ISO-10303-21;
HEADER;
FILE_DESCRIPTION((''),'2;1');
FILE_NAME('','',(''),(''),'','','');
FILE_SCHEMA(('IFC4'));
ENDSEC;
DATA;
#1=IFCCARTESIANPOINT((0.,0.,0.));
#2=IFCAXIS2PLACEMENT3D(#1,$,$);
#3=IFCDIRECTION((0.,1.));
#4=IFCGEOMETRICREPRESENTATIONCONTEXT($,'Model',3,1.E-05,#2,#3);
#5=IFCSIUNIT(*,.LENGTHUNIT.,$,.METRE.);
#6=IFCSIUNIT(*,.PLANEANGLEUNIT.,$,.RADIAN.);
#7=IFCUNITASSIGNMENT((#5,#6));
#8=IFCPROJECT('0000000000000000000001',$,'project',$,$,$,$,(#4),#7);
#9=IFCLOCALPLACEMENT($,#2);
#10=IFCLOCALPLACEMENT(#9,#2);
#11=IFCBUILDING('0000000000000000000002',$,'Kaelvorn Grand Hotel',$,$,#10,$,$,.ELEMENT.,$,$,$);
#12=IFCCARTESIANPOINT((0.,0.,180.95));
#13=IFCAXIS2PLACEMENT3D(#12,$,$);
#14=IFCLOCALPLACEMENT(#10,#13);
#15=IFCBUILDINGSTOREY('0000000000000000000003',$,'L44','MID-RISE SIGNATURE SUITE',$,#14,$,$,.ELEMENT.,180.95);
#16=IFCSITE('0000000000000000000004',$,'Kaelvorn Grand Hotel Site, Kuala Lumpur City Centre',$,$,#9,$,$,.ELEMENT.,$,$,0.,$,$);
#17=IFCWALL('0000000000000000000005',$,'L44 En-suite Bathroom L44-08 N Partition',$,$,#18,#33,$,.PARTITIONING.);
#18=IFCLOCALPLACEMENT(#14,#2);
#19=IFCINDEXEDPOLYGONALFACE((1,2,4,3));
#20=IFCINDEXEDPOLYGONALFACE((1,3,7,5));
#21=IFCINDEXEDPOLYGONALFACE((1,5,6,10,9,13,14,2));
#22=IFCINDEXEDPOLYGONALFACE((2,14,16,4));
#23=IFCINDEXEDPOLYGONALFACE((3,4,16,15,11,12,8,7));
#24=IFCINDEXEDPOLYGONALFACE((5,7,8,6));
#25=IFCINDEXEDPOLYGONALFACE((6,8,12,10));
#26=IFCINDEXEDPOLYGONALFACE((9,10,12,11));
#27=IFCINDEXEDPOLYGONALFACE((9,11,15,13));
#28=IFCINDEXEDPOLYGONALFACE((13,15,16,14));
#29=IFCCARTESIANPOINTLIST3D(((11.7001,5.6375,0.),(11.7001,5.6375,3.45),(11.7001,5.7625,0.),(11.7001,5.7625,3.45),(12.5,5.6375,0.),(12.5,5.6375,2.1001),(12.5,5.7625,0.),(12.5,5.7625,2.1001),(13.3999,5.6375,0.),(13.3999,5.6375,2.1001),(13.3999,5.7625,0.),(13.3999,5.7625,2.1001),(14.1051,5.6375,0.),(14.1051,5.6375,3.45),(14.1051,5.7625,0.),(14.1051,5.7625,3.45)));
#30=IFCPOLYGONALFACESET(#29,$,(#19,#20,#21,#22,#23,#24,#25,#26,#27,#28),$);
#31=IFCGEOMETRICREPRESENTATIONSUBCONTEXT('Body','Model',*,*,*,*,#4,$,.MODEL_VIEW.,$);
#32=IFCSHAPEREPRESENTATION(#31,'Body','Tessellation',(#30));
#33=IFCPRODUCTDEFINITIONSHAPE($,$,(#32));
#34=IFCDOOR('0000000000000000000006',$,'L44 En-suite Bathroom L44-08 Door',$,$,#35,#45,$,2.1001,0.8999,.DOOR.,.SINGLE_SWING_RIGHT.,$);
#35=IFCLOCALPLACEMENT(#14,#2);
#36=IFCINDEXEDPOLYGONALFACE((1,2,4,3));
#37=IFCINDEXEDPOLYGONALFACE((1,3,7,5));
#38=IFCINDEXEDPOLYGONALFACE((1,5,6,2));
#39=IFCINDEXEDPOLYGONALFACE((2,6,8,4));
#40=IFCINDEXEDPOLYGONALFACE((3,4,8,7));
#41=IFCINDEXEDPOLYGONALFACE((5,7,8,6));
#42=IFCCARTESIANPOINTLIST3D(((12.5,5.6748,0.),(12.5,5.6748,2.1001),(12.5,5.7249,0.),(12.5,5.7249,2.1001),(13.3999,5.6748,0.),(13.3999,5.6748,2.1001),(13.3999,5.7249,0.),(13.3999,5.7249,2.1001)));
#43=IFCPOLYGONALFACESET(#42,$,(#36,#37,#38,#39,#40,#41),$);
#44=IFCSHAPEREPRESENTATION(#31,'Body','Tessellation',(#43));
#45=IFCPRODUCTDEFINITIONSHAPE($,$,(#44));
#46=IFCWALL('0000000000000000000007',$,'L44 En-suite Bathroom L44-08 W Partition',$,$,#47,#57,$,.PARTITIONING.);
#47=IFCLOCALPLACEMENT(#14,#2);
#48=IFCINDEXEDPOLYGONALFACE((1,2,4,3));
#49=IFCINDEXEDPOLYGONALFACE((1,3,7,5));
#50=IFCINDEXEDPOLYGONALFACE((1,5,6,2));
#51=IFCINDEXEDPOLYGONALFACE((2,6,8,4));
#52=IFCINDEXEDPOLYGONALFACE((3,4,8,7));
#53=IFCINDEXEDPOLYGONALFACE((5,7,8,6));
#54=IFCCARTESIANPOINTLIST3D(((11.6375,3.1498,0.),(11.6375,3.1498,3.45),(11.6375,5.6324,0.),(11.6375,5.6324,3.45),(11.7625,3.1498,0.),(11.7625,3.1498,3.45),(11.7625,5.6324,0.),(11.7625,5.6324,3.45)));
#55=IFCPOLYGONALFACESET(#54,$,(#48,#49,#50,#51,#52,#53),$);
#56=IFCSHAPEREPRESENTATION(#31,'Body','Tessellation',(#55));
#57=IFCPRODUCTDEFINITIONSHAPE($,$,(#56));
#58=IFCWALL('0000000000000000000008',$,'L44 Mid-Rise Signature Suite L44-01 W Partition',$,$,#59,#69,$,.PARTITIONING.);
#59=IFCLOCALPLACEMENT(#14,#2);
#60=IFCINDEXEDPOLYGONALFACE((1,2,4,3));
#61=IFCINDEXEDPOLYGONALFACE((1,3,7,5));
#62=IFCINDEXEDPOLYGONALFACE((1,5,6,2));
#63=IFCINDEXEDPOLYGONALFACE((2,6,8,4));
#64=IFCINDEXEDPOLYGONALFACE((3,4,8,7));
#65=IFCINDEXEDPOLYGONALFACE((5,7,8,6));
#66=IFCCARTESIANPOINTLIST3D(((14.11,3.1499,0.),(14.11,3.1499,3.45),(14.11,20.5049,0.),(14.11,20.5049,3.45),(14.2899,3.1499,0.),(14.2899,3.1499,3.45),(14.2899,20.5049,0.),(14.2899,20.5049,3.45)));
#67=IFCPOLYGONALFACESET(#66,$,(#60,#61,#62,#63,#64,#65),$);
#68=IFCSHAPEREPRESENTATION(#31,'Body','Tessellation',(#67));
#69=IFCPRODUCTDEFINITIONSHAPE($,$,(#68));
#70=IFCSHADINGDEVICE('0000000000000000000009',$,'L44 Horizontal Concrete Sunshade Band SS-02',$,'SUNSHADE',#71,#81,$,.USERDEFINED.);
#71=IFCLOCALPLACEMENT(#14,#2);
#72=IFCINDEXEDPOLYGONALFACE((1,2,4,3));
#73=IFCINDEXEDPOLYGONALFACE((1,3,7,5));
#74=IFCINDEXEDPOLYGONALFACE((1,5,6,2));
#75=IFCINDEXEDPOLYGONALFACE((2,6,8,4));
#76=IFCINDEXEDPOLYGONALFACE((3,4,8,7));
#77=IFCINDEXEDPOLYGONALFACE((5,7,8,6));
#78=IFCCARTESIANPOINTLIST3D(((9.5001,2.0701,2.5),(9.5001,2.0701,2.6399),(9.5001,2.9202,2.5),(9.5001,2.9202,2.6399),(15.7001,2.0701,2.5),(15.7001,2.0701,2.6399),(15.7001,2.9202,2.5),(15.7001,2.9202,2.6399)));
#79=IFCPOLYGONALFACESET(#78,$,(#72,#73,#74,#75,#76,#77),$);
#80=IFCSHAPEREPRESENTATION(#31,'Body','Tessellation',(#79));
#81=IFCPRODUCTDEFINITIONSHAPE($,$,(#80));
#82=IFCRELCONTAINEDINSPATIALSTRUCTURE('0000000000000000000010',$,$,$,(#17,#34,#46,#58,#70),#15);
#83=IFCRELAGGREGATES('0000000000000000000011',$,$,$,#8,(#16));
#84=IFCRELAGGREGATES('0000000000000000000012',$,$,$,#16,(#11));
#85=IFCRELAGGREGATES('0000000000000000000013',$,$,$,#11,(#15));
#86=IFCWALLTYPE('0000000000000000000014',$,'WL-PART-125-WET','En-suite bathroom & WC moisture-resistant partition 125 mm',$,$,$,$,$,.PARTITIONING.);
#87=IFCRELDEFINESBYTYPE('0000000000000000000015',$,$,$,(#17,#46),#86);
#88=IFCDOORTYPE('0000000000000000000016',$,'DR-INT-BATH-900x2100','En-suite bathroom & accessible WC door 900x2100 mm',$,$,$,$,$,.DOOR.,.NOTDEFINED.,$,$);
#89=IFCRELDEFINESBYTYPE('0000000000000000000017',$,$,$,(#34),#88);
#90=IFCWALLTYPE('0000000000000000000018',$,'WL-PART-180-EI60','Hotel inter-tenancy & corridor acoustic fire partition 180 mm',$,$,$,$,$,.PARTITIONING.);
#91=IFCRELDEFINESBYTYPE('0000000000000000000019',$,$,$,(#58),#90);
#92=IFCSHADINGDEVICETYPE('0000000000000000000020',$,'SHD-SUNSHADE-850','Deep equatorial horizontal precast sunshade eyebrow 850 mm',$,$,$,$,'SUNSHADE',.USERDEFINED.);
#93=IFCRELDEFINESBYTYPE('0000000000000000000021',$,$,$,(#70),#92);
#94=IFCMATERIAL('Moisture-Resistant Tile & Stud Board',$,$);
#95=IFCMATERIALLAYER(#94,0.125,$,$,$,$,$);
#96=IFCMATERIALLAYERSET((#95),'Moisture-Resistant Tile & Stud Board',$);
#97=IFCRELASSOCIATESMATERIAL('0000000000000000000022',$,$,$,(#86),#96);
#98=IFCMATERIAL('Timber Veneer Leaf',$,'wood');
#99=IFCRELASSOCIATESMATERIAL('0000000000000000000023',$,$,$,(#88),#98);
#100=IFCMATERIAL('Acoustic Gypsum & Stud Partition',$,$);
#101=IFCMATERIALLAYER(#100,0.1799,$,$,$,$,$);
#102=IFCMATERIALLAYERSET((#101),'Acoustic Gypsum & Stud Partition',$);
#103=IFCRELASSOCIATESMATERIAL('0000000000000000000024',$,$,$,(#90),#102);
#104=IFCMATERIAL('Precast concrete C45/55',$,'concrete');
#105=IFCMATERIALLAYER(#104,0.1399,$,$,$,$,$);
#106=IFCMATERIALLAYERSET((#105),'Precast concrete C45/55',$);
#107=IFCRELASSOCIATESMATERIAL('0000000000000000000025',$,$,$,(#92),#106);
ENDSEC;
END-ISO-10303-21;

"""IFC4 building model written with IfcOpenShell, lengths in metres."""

from ifc_helpers import new_model, si_unit, direction, frame, frame_2d, origin, origin_2d, place, context, subcontext, project, spatial, rectangle, extrude, material, layer, layer_set, type_object, element, fill, save


model = new_model("IFC4")

# Units and contexts
model_context = context("Model", 3, precision=1e-05, world=origin(), true_north=direction((0.0, 1.0)))
body_context = subcontext(model_context, "Body", "Model", "MODEL_VIEW")
ifc_project = project(units=[si_unit("LENGTHUNIT", "METRE"), si_unit("PLANEANGLEUNIT", "RADIAN")], contexts=[model_context])

# Site, building, storey
site_placement = place(None, origin())
site = spatial("IfcSite", under=ifc_project, at=site_placement, Name="Kaelvorn Grand Hotel Site, Kuala Lumpur City Centre", CompositionType="ELEMENT", RefElevation=0.0)
building_placement = place(site_placement, origin())
building = spatial("IfcBuilding", under=site, at=building_placement, Name="Kaelvorn Grand Hotel", CompositionType="ELEMENT")
storey_placement = place(building_placement, frame((0.0, 0.0, 180.95)))
storey = spatial("IfcBuildingStorey", under=building, at=storey_placement, Name="L44", Description="MID-RISE SIGNATURE SUITE", CompositionType="ELEMENT", Elevation=180.95)

# Wall, opening, door
ifc_material_1 = material(Name="Moisture-Resistant Tile & Stud Board")
ifc_layer_1 = layer(ifc_material_1, 0.125)
ifc_layer_set_1 = layer_set([ifc_layer_1], Name="Moisture-Resistant Tile & Stud Board")
wall_type_1 = type_object("IfcWallType", Name="WL-PART-125-WET", Description="En-suite bathroom & WC moisture-resistant partition 125 mm", PredefinedType="PARTITIONING", material=ifc_layer_set_1)
wall_1_placement = place(storey_placement, frame((11.7, 5.7, 0.0), z_axis=(0.0, 0.0, 1.0), x_axis=(1.0, 0.0, 0.0)))
wall_1 = element("IfcWall", 1, at=wall_1_placement, inside=storey, type_object=wall_type_1, Name="L44 En-suite Bathroom L44-08 N Partition", PredefinedType="PARTITIONING", context=body_context, shape_type="SweptSolid", body=[
    extrude(rectangle(XDim=2.405, YDim=0.125, at=frame_2d((1.2026, 0.0))), origin(), (0.0, 0.0, 1.0), 3.45),
])
opening_1_placement = place(wall_1_placement, frame((0.8, 0.0, 0.0)))
opening_1 = element("IfcOpeningElement", 2, at=opening_1_placement, cuts=wall_1, PredefinedType="OPENING", context=body_context, shape_type="SweptSolid", body=[
    extrude(rectangle(XDim=0.8999, YDim=2.1001, at=frame_2d((0.45, 1.05))), frame((0.0, 0.0725, 0.0), z_axis=(0.0, -1.0, 0.0), x_axis=(1.0, 0.0, 0.0)), (0.0, 0.0, 1.0), 0.145),
])
ifc_material_2 = material(Name="Timber Veneer Leaf", Category="wood")
door_type_1 = type_object("IfcDoorType", Name="DR-INT-BATH-900x2100", Description="En-suite bathroom & accessible WC door 900x2100 mm", OperationType="NOTDEFINED", PredefinedType="DOOR", material=ifc_material_2)
door_1_placement = place(opening_1_placement, origin())
door_1 = element("IfcDoor", 3, at=door_1_placement, inside=storey, type_object=door_type_1, Name="L44 En-suite Bathroom L44-08 Door", OperationType="SINGLE_SWING_RIGHT", OverallHeight=2.1001, OverallWidth=0.8999, PredefinedType="DOOR", context=body_context, shape_type="SweptSolid", body=[
    extrude(rectangle(XDim=0.8999, YDim=2.1001, at=frame_2d((0.45, 1.05))), frame((0.0, 0.0249, 0.0), z_axis=(0.0, -1.0, 0.0), x_axis=(1.0, 0.0, 0.0)), (0.0, 0.0, 1.0), 0.05),
])
fill(opening_1, door_1)

# Walls
wall_2_placement = place(storey_placement, frame((11.7, 3.1499, 0.0), z_axis=(0.0, 0.0, 1.0), x_axis=(0.0, 1.0, 0.0)))
element("IfcWall", 4, at=wall_2_placement, inside=storey, type_object=wall_type_1, Name="L44 En-suite Bathroom L44-08 W Partition", PredefinedType="PARTITIONING", context=body_context, shape_type="SweptSolid", body=[
    extrude(rectangle(XDim=2.4827, YDim=0.125, at=frame_2d((1.2412, 0.0))), origin(), (0.0, 0.0, 1.0), 3.45),
])
ifc_material_3 = material(Name="Acoustic Gypsum & Stud Partition")
ifc_layer_2 = layer(ifc_material_3, 0.1799)
ifc_layer_set_2 = layer_set([ifc_layer_2], Name="Acoustic Gypsum & Stud Partition")
wall_type_2 = type_object("IfcWallType", Name="WL-PART-180-EI60", Description="Hotel inter-tenancy & corridor acoustic fire partition 180 mm", PredefinedType="PARTITIONING", material=ifc_layer_set_2)
wall_3_placement = place(storey_placement, frame((14.2, 3.1499, 0.0), z_axis=(0.0, 0.0, 1.0), x_axis=(0.0, 1.0, 0.0)))
element("IfcWall", 5, at=wall_3_placement, inside=storey, type_object=wall_type_2, Name="L44 Mid-Rise Signature Suite L44-01 W Partition", PredefinedType="PARTITIONING", context=body_context, shape_type="SweptSolid", body=[
    extrude(rectangle(XDim=17.355, YDim=0.1799, at=frame_2d((8.6775, 0.0))), origin(), (0.0, 0.0, 1.0), 3.45),
])

# Shading device
ifc_material_4 = material(Name="Precast concrete C45/55", Category="concrete")
ifc_layer_3 = layer(ifc_material_4, 0.1399)
ifc_layer_set_3 = layer_set([ifc_layer_3], Name="Precast concrete C45/55")
shading_device_type = type_object("IfcShadingDeviceType", Name="SHD-SUNSHADE-850", Description="Deep equatorial horizontal precast sunshade eyebrow 850 mm", ElementType="SUNSHADE", PredefinedType="USERDEFINED", material=ifc_layer_set_3)
shading_device_placement = place(storey_placement, frame((12.6001, 2.4951, 2.5), z_axis=(0.0, 0.0, 1.0), x_axis=(1.0, 0.0, 0.0)))
element("IfcShadingDevice", 6, at=shading_device_placement, inside=storey, type_object=shading_device_type, Name="L44 Horizontal Concrete Sunshade Band SS-02", ObjectType="SUNSHADE", PredefinedType="USERDEFINED", context=body_context, shape_type="SweptSolid", body=[
    extrude(rectangle(XDim=6.2, YDim=0.8501, at=origin_2d()), origin(), (0.0, 0.0, 1.0), 0.1399),
])

save(model, "model.ifc")
